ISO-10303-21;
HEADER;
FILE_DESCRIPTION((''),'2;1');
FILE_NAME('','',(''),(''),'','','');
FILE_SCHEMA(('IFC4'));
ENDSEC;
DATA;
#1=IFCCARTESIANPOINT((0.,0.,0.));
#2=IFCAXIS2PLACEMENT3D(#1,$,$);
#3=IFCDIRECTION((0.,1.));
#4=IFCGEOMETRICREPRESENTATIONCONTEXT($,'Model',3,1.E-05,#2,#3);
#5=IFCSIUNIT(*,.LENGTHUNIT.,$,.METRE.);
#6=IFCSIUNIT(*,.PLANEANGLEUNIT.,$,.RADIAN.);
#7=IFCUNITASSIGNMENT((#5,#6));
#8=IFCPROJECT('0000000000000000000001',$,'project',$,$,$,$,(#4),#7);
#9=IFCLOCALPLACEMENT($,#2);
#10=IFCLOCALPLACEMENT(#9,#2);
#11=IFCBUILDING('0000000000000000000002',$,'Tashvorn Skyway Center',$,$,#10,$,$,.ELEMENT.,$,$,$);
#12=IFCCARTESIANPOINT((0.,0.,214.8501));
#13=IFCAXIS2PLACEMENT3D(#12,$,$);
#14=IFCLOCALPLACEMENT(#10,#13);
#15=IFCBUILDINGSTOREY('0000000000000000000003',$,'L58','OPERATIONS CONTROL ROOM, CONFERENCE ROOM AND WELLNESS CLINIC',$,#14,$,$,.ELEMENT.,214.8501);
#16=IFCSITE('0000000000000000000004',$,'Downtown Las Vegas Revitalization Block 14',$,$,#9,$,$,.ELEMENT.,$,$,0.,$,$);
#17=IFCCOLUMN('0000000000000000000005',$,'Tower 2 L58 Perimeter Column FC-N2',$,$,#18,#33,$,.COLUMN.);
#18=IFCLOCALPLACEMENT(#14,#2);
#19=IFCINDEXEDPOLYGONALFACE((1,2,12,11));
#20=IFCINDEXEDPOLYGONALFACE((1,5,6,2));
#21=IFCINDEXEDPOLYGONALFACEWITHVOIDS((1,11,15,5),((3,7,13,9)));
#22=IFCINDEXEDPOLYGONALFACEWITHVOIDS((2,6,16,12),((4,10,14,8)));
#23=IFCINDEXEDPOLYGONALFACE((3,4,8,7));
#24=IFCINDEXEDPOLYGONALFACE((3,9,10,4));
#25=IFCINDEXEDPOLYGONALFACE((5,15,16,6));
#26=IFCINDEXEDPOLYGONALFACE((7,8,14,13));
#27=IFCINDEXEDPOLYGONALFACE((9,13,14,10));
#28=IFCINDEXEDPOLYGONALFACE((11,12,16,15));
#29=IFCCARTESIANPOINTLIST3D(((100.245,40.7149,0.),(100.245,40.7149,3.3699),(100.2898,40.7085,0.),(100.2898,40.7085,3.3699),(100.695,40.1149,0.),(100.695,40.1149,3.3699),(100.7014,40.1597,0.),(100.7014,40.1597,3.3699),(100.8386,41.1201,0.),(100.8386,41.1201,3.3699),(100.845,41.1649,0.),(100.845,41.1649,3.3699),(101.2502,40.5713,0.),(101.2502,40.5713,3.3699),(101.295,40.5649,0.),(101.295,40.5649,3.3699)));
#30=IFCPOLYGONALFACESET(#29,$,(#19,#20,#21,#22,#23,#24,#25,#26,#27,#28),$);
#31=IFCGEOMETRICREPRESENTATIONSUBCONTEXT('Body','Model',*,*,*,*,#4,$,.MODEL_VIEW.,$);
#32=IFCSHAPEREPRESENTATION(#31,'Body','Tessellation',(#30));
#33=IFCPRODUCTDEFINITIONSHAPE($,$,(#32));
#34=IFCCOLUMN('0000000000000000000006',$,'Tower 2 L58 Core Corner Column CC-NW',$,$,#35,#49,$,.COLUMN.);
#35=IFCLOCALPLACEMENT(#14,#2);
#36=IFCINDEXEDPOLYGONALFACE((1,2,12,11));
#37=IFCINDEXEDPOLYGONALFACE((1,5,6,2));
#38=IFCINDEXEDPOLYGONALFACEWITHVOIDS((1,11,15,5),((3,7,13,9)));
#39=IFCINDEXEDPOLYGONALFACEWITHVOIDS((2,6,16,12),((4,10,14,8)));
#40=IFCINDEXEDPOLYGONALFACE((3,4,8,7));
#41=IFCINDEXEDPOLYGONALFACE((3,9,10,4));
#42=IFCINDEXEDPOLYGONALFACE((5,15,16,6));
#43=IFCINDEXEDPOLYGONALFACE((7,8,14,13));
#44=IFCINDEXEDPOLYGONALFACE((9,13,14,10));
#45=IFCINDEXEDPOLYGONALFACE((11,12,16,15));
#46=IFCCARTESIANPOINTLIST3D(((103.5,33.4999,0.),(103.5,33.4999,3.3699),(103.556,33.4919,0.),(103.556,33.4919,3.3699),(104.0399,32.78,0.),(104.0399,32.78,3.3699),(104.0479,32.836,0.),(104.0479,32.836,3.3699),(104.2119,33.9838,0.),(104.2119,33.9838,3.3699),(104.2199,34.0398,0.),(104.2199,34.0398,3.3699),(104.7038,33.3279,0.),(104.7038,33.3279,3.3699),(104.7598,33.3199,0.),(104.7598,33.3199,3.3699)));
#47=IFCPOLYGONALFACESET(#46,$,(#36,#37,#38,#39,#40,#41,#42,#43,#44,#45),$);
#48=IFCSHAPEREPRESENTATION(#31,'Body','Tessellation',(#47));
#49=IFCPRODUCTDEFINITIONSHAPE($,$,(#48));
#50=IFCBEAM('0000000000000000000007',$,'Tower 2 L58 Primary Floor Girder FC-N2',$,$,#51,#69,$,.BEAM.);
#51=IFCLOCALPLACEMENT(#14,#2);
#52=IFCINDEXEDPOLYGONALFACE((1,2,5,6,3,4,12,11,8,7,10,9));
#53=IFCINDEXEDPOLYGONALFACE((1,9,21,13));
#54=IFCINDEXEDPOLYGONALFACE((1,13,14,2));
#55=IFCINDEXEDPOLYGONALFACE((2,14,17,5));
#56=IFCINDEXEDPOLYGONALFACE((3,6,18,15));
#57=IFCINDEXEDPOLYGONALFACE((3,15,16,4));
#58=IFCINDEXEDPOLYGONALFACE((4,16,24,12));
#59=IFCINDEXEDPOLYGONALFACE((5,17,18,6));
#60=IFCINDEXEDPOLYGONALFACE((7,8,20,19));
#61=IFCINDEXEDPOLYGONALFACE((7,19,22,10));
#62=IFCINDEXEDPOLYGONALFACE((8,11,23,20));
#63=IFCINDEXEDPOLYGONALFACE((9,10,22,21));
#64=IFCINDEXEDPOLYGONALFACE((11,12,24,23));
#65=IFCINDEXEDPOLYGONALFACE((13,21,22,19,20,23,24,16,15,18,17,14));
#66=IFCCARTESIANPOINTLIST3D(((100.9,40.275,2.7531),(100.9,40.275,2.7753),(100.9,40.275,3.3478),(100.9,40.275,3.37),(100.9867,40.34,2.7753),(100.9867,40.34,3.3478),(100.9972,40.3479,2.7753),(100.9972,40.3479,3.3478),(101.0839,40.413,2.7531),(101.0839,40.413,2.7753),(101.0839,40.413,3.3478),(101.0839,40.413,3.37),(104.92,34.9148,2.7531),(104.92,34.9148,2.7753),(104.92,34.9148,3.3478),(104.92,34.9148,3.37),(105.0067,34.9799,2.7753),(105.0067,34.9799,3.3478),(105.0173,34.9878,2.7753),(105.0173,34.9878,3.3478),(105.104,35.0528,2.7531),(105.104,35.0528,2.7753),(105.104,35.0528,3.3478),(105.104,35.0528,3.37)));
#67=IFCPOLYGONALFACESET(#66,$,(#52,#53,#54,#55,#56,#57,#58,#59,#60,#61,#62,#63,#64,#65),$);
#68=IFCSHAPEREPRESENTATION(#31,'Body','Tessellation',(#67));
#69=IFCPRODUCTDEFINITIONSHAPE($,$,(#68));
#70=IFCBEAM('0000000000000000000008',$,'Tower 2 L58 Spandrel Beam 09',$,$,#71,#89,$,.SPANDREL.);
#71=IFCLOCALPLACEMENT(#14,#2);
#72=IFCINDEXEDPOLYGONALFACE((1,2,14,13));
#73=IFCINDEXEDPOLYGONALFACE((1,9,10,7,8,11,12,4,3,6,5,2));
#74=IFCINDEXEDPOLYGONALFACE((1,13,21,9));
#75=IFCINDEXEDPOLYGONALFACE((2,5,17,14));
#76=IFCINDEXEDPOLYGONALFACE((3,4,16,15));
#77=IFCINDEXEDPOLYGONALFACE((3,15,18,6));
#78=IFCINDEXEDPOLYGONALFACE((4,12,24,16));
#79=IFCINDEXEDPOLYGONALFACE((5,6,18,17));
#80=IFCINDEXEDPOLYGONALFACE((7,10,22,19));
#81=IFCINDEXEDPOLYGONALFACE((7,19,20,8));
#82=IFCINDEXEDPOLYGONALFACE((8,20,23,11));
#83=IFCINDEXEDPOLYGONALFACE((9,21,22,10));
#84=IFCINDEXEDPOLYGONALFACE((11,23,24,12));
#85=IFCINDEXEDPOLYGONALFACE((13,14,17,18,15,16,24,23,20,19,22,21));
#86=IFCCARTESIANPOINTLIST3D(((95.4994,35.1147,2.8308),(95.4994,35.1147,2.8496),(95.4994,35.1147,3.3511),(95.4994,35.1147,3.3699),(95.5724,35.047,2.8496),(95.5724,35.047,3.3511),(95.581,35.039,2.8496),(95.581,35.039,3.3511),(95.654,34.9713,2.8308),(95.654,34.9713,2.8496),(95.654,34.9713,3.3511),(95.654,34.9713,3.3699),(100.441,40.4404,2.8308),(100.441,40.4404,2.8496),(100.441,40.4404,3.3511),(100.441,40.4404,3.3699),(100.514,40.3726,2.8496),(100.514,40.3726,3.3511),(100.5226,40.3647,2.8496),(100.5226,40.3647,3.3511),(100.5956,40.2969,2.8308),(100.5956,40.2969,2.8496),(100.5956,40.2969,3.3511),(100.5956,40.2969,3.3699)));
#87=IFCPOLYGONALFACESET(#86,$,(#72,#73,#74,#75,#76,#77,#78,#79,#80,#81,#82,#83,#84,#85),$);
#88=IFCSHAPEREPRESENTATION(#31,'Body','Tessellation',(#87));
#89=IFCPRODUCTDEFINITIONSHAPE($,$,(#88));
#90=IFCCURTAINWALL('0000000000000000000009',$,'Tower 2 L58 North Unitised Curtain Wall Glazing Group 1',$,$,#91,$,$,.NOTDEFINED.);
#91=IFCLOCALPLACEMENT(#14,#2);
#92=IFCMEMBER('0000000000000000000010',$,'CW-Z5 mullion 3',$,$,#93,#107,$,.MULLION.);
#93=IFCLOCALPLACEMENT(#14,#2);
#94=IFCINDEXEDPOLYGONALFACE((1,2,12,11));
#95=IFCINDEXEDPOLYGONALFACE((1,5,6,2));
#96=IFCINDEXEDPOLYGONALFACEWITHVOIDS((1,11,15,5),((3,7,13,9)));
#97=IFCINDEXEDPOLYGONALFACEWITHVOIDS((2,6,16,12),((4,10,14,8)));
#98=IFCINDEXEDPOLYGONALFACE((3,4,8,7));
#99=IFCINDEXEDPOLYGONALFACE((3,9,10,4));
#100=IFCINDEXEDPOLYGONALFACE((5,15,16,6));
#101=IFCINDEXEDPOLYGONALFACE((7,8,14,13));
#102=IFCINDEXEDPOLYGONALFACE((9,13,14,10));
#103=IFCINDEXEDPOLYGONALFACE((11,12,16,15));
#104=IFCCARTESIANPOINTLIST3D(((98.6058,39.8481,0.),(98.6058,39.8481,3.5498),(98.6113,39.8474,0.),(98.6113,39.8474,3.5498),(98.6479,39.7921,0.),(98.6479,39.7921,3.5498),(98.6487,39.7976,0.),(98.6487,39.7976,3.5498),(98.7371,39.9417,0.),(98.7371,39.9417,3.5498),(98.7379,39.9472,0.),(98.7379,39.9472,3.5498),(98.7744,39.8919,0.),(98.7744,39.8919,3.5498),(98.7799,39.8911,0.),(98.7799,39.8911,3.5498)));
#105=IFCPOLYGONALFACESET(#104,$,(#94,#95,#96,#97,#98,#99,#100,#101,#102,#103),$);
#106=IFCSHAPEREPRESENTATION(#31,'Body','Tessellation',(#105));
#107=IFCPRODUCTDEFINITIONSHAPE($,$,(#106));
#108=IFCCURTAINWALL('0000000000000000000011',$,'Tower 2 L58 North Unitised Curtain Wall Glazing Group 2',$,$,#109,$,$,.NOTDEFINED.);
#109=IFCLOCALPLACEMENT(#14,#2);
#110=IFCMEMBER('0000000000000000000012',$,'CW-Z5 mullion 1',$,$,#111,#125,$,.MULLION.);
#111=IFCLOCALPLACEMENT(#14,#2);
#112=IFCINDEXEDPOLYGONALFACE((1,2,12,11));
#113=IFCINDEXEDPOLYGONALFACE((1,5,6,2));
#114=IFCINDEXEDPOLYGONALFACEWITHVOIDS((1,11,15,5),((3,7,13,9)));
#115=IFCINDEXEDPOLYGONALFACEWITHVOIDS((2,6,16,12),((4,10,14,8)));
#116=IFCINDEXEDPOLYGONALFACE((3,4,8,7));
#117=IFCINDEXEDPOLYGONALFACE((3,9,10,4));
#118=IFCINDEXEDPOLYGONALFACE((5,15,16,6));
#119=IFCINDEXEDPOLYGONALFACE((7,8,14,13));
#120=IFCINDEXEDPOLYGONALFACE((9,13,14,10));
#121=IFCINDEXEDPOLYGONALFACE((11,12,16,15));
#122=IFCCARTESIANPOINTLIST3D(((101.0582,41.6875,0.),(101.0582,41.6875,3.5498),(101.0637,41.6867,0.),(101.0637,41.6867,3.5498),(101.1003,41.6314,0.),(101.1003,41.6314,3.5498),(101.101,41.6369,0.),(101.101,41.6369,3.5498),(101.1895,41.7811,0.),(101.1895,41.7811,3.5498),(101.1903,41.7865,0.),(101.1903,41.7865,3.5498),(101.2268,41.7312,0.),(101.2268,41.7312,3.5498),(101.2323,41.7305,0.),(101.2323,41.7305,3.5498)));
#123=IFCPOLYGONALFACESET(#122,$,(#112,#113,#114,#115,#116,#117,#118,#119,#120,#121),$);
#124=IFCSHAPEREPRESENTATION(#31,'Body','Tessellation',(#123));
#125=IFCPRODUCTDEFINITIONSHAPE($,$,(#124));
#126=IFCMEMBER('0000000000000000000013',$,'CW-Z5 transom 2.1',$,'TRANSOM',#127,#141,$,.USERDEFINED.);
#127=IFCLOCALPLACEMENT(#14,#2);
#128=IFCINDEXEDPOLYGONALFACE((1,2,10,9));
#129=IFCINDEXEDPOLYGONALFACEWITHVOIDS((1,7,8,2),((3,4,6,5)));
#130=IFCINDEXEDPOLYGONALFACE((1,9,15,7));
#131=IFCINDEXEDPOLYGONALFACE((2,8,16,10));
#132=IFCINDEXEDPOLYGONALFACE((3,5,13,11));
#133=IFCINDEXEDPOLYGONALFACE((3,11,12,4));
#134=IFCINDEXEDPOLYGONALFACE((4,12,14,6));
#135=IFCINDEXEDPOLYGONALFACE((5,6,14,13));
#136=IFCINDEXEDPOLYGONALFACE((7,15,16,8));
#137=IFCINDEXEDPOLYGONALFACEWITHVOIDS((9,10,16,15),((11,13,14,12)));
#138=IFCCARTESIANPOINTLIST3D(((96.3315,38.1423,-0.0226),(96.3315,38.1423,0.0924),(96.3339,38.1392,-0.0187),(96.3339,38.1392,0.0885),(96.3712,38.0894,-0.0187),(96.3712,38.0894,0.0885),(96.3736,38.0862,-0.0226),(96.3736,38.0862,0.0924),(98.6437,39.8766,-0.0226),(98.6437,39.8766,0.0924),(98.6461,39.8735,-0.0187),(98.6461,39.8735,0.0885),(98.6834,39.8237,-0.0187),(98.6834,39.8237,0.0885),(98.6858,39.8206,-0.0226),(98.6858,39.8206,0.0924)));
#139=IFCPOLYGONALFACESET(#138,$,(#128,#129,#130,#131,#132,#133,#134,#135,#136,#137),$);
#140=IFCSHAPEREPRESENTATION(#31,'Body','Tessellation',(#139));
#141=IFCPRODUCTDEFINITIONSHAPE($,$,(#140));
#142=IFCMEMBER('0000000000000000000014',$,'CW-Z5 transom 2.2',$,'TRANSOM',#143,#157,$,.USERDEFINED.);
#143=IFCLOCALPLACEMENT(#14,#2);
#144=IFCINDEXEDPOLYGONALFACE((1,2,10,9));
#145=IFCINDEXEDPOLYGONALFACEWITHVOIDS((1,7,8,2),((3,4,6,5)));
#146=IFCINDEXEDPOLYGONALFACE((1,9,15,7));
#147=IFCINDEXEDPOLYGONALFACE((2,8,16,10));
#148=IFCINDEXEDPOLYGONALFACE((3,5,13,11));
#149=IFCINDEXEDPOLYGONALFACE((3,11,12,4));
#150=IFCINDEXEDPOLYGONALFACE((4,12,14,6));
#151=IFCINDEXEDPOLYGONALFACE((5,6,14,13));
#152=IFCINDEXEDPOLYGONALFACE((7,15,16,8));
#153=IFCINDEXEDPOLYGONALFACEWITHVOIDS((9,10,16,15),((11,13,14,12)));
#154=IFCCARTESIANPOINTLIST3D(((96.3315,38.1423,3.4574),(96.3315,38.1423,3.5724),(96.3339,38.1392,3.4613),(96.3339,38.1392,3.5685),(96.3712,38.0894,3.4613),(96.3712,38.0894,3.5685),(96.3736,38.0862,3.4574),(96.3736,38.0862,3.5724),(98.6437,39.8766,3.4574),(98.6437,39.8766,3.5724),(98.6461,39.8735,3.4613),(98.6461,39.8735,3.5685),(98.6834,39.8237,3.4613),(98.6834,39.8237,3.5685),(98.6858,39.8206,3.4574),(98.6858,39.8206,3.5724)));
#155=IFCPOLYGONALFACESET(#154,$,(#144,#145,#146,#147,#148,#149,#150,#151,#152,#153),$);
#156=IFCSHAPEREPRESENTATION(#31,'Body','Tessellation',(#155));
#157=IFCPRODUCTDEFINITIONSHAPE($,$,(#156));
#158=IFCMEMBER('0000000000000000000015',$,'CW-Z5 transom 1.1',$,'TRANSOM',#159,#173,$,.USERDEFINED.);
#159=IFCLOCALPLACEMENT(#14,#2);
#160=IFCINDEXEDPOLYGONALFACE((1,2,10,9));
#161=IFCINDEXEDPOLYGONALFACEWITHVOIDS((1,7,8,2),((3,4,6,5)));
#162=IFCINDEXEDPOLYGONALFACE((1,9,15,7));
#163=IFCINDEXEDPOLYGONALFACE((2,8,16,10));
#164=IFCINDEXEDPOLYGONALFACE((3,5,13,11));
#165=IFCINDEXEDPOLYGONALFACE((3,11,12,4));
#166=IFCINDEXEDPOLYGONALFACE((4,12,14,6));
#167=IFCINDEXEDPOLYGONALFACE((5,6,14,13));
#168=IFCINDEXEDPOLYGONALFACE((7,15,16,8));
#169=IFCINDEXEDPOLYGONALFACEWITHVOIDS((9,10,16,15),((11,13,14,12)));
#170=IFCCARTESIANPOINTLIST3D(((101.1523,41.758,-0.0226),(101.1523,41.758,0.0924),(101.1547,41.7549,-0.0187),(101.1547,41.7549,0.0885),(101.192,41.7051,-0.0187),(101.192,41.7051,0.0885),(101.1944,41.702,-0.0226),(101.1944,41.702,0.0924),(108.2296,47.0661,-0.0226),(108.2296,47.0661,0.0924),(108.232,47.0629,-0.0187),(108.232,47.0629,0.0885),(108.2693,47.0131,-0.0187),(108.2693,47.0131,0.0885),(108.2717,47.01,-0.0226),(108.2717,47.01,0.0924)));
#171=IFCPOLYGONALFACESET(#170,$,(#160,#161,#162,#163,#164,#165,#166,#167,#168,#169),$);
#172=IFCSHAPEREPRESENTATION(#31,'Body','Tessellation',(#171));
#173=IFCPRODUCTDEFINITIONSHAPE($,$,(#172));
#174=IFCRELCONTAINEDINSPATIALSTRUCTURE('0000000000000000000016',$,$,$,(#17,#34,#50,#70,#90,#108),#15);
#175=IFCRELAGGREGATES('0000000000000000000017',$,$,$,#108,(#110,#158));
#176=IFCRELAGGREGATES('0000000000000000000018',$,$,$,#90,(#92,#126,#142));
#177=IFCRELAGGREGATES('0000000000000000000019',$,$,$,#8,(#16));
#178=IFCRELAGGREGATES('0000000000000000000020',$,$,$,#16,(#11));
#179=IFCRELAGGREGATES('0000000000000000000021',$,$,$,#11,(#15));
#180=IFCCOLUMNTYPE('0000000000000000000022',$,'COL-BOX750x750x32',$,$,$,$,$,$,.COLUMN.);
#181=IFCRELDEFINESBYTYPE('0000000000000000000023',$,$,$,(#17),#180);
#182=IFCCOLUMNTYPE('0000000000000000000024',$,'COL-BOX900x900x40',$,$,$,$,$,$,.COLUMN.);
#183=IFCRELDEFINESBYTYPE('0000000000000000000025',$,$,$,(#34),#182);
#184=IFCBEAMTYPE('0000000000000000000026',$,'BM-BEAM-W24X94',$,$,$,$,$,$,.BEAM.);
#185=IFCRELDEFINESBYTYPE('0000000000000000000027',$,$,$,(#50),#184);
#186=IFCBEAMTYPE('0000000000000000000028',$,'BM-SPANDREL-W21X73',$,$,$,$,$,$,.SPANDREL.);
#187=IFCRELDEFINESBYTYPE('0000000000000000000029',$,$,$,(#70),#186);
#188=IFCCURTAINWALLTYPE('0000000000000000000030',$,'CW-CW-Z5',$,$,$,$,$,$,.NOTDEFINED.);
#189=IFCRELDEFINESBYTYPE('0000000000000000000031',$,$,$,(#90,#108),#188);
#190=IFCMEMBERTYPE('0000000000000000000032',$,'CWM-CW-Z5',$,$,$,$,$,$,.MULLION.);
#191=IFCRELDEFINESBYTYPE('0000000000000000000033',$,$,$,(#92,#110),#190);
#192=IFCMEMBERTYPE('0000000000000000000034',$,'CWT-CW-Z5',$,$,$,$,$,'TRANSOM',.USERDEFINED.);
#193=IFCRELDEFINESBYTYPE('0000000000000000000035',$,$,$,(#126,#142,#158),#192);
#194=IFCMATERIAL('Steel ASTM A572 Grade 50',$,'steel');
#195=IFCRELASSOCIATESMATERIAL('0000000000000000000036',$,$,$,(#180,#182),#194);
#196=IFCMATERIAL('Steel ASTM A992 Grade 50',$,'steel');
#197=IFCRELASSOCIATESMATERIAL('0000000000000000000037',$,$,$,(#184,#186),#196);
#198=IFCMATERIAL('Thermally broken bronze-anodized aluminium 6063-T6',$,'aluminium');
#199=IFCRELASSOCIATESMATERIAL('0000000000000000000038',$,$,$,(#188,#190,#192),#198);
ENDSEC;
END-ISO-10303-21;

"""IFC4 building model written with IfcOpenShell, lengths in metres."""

from ifc_helpers import new_model, si_unit, direction, frame, origin, origin_2d, place, context, subcontext, project, spatial, hollow_rectangle, i_section, extrude, material, material_profile, profile_set, type_object, element, aggregate, save


model = new_model("IFC4")

# Units and contexts
model_context = context("Model", 3, precision=1e-05, world=origin(), true_north=direction((0.0, 1.0)))
body_context = subcontext(model_context, "Body", "Model", "MODEL_VIEW")
ifc_project = project(units=[si_unit("LENGTHUNIT", "METRE"), si_unit("PLANEANGLEUNIT", "RADIAN")], contexts=[model_context])

# Site, building, storey
site_placement = place(None, origin())
site = spatial("IfcSite", under=ifc_project, at=site_placement, Name="Downtown Las Vegas Revitalization Block 14", CompositionType="ELEMENT", RefElevation=0.0)
building_placement = place(site_placement, origin())
building = spatial("IfcBuilding", under=site, at=building_placement, Name="Tashvorn Skyway Center", CompositionType="ELEMENT")
storey_placement = place(building_placement, frame((0.0, 0.0, 214.8501)))
storey = spatial("IfcBuildingStorey", under=building, at=storey_placement, Name="L58", Description="OPERATIONS CONTROL ROOM, CONFERENCE ROOM AND WELLNESS CLINIC", CompositionType="ELEMENT", Elevation=214.8501)

# Columns
ifc_material_1 = material(Name="Steel ASTM A572 Grade 50", Category="steel")
ifc_material_profile_1 = material_profile(ifc_material_1, hollow_rectangle(XDim=0.75, YDim=0.75, WallThickness=0.032, at=origin_2d()), Name="BOX750x750x32")
ifc_profile_set_1 = profile_set([ifc_material_profile_1], Name="Steel ASTM A572 Grade 50")
column_type_1 = type_object("IfcColumnType", Name="COL-BOX750x750x32", PredefinedType="COLUMN", material=ifc_profile_set_1)
column_1_placement = place(storey_placement, frame((100.77, 40.6399, 0.0), z_axis=(0.0, 0.0, 1.0), x_axis=(0.8, 0.6, 0.0)))
element("IfcColumn", 1, at=column_1_placement, inside=storey, type_object=column_type_1, Name="Tower 2 L58 Perimeter Column FC-N2", PredefinedType="COLUMN", context=body_context, shape_type="SweptSolid", body=[
    extrude(hollow_rectangle(XDim=0.75, YDim=0.75, WallThickness=0.032, at=origin_2d()), origin(), (0.0, 0.0, 1.0), 3.3699),
])
ifc_material_profile_2 = material_profile(ifc_material_1, hollow_rectangle(XDim=0.8999, YDim=0.8999, WallThickness=0.04, at=origin_2d()), Name="BOX900x900x40")
ifc_profile_set_2 = profile_set([ifc_material_profile_2], Name="Steel ASTM A572 Grade 50")
column_type_2 = type_object("IfcColumnType", Name="COL-BOX900x900x40", PredefinedType="COLUMN", material=ifc_profile_set_2)
column_2_placement = place(storey_placement, frame((104.1299, 33.4099, 0.0), z_axis=(0.0, 0.0, 1.0), x_axis=(0.8, 0.6, 0.0)))
element("IfcColumn", 2, at=column_2_placement, inside=storey, type_object=column_type_2, Name="Tower 2 L58 Core Corner Column CC-NW", PredefinedType="COLUMN", context=body_context, shape_type="SweptSolid", body=[
    extrude(hollow_rectangle(XDim=0.8999, YDim=0.8999, WallThickness=0.04, at=origin_2d()), origin(), (0.0, 0.0, 1.0), 3.3699),
])

# Beams
ifc_material_2 = material(Name="Steel ASTM A992 Grade 50", Category="steel")
ifc_material_profile_3 = material_profile(ifc_material_2, i_section(OverallWidth=0.23, OverallDepth=0.6169, WebThickness=0.0132, FlangeThickness=0.0222, at=origin_2d()), Name="W24X94")
ifc_profile_set_3 = profile_set([ifc_material_profile_3], Name="Steel ASTM A992 Grade 50")
beam_type_1 = type_object("IfcBeamType", Name="BM-BEAM-W24X94", PredefinedType="BEAM", material=ifc_profile_set_3)
beam_1_placement = place(storey_placement, frame((100.9919, 40.344, 3.0615), z_axis=(0.599994, -0.800004, 0.0), x_axis=(0.800004, 0.599994, 0.0)))
element("IfcBeam", 3, at=beam_1_placement, inside=storey, type_object=beam_type_1, Name="Tower 2 L58 Primary Floor Girder FC-N2", PredefinedType="BEAM", context=body_context, shape_type="SweptSolid", body=[
    extrude(i_section(OverallWidth=0.23, OverallDepth=0.6169, WebThickness=0.0132, FlangeThickness=0.0222, at=origin_2d()), origin(), (0.0, 0.0, 1.0), 6.7002),
])
ifc_material_profile_4 = material_profile(ifc_material_2, i_section(OverallWidth=0.2109, OverallDepth=0.5391, WebThickness=0.0117, FlangeThickness=0.0188, at=origin_2d()), Name="W21X73")
ifc_profile_set_4 = profile_set([ifc_material_profile_4], Name="Steel ASTM A992 Grade 50")
beam_type_2 = type_object("IfcBeamType", Name="BM-SPANDREL-W21X73", PredefinedType="SPANDREL", material=ifc_profile_set_4)
beam_2_placement = place(storey_placement, frame((100.5183, 40.3687, 3.1003), z_axis=(-0.680183, -0.733042, 0.0), x_axis=(0.733042, -0.680183, 0.0)))
element("IfcBeam", 4, at=beam_2_placement, inside=storey, type_object=beam_type_2, Name="Tower 2 L58 Spandrel Beam 09", PredefinedType="SPANDREL", context=body_context, shape_type="SweptSolid", body=[
    extrude(i_section(OverallWidth=0.2109, OverallDepth=0.5391, WebThickness=0.0117, FlangeThickness=0.0188, at=origin_2d()), origin(), (0.0, 0.0, 1.0), 7.2651),
])

# Curtain walls, members
ifc_material_3 = material(Name="Thermally broken bronze-anodized aluminium 6063-T6", Category="aluminium")
curtain_wall_type = type_object("IfcCurtainWallType", Name="CW-CW-Z5", PredefinedType="NOTDEFINED", material=ifc_material_3)
curtain_wall_1_placement = place(storey_placement, origin())
curtain_wall_1 = element("IfcCurtainWall", 5, at=curtain_wall_1_placement, inside=storey, type_object=curtain_wall_type, Name="Tower 2 L58 North Unitised Curtain Wall Glazing Group 1", PredefinedType="NOTDEFINED")
ifc_material_profile_5 = material_profile(ifc_material_3, hollow_rectangle(XDim=0.0701, YDim=0.165, WallThickness=0.0039, at=origin_2d()), Name="ALU-MULL-70x165")
ifc_profile_set_5 = profile_set([ifc_material_profile_5], Name="Thermally broken bronze-anodized aluminium 6063-T6")
member_type_1 = type_object("IfcMemberType", Name="CWM-CW-Z5", PredefinedType="MULLION", material=ifc_profile_set_5)
member_1_placement = place(storey_placement, frame((98.6929, 39.8696, 0.0), z_axis=(0.0, 0.0, 1.0), x_axis=(-0.600003, 0.799998, 0.0)))
member_1 = element("IfcMember", 6, at=member_1_placement, type_object=member_type_1, Name="CW-Z5 mullion 3", PredefinedType="MULLION", context=body_context, shape_type="SweptSolid", body=[
    extrude(hollow_rectangle(XDim=0.0701, YDim=0.165, WallThickness=0.0039, at=origin_2d()), origin(), (0.0, 0.0, 1.0), 3.5498),
])
curtain_wall_2_placement = place(storey_placement, origin())
curtain_wall_2 = element("IfcCurtainWall", 7, at=curtain_wall_2_placement, inside=storey, type_object=curtain_wall_type, Name="Tower 2 L58 North Unitised Curtain Wall Glazing Group 2", PredefinedType="NOTDEFINED")
member_2_placement = place(storey_placement, frame((101.1453, 41.709, 0.0), z_axis=(0.0, 0.0, 1.0), x_axis=(-0.599996, 0.800003, 0.0)))
member_2 = element("IfcMember", 8, at=member_2_placement, type_object=member_type_1, Name="CW-Z5 mullion 1", PredefinedType="MULLION", context=body_context, shape_type="SweptSolid", body=[
    extrude(hollow_rectangle(XDim=0.0701, YDim=0.165, WallThickness=0.0039, at=origin_2d()), origin(), (0.0, 0.0, 1.0), 3.5498),
])

# Members
ifc_material_profile_6 = material_profile(ifc_material_3, hollow_rectangle(XDim=0.0701, YDim=0.115, WallThickness=0.0039, at=origin_2d()), Name="ALU-TRAN-70x115")
ifc_profile_set_6 = profile_set([ifc_material_profile_6], Name="Thermally broken bronze-anodized aluminium 6063-T6")
member_type_2 = type_object("IfcMemberType", Name="CWT-CW-Z5", ElementType="TRANSOM", PredefinedType="USERDEFINED", material=ifc_profile_set_6)
member_3_placement = place(storey_placement, frame((96.3525, 38.1143, 0.0349), z_axis=(0.79997, 0.600041, 0.0), x_axis=(-0.600041, 0.79997, 0.0)))
member_3 = element("IfcMember", 9, at=member_3_placement, type_object=member_type_2, Name="CW-Z5 transom 2.1", ObjectType="TRANSOM", PredefinedType="USERDEFINED", context=body_context, shape_type="SweptSolid", body=[
    extrude(hollow_rectangle(XDim=0.0701, YDim=0.115, WallThickness=0.0039, at=origin_2d()), origin(), (0.0, 0.0, 1.0), 2.8904),
])
member_4_placement = place(storey_placement, frame((96.3525, 38.1143, 3.5149), z_axis=(0.79997, 0.600041, 0.0), x_axis=(-0.600041, 0.79997, 0.0)))
member_4 = element("IfcMember", 10, at=member_4_placement, type_object=member_type_2, Name="CW-Z5 transom 2.2", ObjectType="TRANSOM", PredefinedType="USERDEFINED", context=body_context, shape_type="SweptSolid", body=[
    extrude(hollow_rectangle(XDim=0.0701, YDim=0.115, WallThickness=0.0039, at=origin_2d()), origin(), (0.0, 0.0, 1.0), 2.8904),
])
member_5_placement = place(storey_placement, frame((101.1733, 41.73, 0.0349), z_axis=(0.799997, 0.600004, 0.0), x_axis=(-0.600004, 0.799997, 0.0)))
member_5 = element("IfcMember", 11, at=member_5_placement, type_object=member_type_2, Name="CW-Z5 transom 1.1", ObjectType="TRANSOM", PredefinedType="USERDEFINED", context=body_context, shape_type="SweptSolid", body=[
    extrude(hollow_rectangle(XDim=0.0701, YDim=0.115, WallThickness=0.0039, at=origin_2d()), origin(), (0.0, 0.0, 1.0), 8.8467),
])
aggregate(curtain_wall_2, [member_2, member_5])

aggregate(curtain_wall_1, [member_1, member_3, member_4])

save(model, "model.ifc")
